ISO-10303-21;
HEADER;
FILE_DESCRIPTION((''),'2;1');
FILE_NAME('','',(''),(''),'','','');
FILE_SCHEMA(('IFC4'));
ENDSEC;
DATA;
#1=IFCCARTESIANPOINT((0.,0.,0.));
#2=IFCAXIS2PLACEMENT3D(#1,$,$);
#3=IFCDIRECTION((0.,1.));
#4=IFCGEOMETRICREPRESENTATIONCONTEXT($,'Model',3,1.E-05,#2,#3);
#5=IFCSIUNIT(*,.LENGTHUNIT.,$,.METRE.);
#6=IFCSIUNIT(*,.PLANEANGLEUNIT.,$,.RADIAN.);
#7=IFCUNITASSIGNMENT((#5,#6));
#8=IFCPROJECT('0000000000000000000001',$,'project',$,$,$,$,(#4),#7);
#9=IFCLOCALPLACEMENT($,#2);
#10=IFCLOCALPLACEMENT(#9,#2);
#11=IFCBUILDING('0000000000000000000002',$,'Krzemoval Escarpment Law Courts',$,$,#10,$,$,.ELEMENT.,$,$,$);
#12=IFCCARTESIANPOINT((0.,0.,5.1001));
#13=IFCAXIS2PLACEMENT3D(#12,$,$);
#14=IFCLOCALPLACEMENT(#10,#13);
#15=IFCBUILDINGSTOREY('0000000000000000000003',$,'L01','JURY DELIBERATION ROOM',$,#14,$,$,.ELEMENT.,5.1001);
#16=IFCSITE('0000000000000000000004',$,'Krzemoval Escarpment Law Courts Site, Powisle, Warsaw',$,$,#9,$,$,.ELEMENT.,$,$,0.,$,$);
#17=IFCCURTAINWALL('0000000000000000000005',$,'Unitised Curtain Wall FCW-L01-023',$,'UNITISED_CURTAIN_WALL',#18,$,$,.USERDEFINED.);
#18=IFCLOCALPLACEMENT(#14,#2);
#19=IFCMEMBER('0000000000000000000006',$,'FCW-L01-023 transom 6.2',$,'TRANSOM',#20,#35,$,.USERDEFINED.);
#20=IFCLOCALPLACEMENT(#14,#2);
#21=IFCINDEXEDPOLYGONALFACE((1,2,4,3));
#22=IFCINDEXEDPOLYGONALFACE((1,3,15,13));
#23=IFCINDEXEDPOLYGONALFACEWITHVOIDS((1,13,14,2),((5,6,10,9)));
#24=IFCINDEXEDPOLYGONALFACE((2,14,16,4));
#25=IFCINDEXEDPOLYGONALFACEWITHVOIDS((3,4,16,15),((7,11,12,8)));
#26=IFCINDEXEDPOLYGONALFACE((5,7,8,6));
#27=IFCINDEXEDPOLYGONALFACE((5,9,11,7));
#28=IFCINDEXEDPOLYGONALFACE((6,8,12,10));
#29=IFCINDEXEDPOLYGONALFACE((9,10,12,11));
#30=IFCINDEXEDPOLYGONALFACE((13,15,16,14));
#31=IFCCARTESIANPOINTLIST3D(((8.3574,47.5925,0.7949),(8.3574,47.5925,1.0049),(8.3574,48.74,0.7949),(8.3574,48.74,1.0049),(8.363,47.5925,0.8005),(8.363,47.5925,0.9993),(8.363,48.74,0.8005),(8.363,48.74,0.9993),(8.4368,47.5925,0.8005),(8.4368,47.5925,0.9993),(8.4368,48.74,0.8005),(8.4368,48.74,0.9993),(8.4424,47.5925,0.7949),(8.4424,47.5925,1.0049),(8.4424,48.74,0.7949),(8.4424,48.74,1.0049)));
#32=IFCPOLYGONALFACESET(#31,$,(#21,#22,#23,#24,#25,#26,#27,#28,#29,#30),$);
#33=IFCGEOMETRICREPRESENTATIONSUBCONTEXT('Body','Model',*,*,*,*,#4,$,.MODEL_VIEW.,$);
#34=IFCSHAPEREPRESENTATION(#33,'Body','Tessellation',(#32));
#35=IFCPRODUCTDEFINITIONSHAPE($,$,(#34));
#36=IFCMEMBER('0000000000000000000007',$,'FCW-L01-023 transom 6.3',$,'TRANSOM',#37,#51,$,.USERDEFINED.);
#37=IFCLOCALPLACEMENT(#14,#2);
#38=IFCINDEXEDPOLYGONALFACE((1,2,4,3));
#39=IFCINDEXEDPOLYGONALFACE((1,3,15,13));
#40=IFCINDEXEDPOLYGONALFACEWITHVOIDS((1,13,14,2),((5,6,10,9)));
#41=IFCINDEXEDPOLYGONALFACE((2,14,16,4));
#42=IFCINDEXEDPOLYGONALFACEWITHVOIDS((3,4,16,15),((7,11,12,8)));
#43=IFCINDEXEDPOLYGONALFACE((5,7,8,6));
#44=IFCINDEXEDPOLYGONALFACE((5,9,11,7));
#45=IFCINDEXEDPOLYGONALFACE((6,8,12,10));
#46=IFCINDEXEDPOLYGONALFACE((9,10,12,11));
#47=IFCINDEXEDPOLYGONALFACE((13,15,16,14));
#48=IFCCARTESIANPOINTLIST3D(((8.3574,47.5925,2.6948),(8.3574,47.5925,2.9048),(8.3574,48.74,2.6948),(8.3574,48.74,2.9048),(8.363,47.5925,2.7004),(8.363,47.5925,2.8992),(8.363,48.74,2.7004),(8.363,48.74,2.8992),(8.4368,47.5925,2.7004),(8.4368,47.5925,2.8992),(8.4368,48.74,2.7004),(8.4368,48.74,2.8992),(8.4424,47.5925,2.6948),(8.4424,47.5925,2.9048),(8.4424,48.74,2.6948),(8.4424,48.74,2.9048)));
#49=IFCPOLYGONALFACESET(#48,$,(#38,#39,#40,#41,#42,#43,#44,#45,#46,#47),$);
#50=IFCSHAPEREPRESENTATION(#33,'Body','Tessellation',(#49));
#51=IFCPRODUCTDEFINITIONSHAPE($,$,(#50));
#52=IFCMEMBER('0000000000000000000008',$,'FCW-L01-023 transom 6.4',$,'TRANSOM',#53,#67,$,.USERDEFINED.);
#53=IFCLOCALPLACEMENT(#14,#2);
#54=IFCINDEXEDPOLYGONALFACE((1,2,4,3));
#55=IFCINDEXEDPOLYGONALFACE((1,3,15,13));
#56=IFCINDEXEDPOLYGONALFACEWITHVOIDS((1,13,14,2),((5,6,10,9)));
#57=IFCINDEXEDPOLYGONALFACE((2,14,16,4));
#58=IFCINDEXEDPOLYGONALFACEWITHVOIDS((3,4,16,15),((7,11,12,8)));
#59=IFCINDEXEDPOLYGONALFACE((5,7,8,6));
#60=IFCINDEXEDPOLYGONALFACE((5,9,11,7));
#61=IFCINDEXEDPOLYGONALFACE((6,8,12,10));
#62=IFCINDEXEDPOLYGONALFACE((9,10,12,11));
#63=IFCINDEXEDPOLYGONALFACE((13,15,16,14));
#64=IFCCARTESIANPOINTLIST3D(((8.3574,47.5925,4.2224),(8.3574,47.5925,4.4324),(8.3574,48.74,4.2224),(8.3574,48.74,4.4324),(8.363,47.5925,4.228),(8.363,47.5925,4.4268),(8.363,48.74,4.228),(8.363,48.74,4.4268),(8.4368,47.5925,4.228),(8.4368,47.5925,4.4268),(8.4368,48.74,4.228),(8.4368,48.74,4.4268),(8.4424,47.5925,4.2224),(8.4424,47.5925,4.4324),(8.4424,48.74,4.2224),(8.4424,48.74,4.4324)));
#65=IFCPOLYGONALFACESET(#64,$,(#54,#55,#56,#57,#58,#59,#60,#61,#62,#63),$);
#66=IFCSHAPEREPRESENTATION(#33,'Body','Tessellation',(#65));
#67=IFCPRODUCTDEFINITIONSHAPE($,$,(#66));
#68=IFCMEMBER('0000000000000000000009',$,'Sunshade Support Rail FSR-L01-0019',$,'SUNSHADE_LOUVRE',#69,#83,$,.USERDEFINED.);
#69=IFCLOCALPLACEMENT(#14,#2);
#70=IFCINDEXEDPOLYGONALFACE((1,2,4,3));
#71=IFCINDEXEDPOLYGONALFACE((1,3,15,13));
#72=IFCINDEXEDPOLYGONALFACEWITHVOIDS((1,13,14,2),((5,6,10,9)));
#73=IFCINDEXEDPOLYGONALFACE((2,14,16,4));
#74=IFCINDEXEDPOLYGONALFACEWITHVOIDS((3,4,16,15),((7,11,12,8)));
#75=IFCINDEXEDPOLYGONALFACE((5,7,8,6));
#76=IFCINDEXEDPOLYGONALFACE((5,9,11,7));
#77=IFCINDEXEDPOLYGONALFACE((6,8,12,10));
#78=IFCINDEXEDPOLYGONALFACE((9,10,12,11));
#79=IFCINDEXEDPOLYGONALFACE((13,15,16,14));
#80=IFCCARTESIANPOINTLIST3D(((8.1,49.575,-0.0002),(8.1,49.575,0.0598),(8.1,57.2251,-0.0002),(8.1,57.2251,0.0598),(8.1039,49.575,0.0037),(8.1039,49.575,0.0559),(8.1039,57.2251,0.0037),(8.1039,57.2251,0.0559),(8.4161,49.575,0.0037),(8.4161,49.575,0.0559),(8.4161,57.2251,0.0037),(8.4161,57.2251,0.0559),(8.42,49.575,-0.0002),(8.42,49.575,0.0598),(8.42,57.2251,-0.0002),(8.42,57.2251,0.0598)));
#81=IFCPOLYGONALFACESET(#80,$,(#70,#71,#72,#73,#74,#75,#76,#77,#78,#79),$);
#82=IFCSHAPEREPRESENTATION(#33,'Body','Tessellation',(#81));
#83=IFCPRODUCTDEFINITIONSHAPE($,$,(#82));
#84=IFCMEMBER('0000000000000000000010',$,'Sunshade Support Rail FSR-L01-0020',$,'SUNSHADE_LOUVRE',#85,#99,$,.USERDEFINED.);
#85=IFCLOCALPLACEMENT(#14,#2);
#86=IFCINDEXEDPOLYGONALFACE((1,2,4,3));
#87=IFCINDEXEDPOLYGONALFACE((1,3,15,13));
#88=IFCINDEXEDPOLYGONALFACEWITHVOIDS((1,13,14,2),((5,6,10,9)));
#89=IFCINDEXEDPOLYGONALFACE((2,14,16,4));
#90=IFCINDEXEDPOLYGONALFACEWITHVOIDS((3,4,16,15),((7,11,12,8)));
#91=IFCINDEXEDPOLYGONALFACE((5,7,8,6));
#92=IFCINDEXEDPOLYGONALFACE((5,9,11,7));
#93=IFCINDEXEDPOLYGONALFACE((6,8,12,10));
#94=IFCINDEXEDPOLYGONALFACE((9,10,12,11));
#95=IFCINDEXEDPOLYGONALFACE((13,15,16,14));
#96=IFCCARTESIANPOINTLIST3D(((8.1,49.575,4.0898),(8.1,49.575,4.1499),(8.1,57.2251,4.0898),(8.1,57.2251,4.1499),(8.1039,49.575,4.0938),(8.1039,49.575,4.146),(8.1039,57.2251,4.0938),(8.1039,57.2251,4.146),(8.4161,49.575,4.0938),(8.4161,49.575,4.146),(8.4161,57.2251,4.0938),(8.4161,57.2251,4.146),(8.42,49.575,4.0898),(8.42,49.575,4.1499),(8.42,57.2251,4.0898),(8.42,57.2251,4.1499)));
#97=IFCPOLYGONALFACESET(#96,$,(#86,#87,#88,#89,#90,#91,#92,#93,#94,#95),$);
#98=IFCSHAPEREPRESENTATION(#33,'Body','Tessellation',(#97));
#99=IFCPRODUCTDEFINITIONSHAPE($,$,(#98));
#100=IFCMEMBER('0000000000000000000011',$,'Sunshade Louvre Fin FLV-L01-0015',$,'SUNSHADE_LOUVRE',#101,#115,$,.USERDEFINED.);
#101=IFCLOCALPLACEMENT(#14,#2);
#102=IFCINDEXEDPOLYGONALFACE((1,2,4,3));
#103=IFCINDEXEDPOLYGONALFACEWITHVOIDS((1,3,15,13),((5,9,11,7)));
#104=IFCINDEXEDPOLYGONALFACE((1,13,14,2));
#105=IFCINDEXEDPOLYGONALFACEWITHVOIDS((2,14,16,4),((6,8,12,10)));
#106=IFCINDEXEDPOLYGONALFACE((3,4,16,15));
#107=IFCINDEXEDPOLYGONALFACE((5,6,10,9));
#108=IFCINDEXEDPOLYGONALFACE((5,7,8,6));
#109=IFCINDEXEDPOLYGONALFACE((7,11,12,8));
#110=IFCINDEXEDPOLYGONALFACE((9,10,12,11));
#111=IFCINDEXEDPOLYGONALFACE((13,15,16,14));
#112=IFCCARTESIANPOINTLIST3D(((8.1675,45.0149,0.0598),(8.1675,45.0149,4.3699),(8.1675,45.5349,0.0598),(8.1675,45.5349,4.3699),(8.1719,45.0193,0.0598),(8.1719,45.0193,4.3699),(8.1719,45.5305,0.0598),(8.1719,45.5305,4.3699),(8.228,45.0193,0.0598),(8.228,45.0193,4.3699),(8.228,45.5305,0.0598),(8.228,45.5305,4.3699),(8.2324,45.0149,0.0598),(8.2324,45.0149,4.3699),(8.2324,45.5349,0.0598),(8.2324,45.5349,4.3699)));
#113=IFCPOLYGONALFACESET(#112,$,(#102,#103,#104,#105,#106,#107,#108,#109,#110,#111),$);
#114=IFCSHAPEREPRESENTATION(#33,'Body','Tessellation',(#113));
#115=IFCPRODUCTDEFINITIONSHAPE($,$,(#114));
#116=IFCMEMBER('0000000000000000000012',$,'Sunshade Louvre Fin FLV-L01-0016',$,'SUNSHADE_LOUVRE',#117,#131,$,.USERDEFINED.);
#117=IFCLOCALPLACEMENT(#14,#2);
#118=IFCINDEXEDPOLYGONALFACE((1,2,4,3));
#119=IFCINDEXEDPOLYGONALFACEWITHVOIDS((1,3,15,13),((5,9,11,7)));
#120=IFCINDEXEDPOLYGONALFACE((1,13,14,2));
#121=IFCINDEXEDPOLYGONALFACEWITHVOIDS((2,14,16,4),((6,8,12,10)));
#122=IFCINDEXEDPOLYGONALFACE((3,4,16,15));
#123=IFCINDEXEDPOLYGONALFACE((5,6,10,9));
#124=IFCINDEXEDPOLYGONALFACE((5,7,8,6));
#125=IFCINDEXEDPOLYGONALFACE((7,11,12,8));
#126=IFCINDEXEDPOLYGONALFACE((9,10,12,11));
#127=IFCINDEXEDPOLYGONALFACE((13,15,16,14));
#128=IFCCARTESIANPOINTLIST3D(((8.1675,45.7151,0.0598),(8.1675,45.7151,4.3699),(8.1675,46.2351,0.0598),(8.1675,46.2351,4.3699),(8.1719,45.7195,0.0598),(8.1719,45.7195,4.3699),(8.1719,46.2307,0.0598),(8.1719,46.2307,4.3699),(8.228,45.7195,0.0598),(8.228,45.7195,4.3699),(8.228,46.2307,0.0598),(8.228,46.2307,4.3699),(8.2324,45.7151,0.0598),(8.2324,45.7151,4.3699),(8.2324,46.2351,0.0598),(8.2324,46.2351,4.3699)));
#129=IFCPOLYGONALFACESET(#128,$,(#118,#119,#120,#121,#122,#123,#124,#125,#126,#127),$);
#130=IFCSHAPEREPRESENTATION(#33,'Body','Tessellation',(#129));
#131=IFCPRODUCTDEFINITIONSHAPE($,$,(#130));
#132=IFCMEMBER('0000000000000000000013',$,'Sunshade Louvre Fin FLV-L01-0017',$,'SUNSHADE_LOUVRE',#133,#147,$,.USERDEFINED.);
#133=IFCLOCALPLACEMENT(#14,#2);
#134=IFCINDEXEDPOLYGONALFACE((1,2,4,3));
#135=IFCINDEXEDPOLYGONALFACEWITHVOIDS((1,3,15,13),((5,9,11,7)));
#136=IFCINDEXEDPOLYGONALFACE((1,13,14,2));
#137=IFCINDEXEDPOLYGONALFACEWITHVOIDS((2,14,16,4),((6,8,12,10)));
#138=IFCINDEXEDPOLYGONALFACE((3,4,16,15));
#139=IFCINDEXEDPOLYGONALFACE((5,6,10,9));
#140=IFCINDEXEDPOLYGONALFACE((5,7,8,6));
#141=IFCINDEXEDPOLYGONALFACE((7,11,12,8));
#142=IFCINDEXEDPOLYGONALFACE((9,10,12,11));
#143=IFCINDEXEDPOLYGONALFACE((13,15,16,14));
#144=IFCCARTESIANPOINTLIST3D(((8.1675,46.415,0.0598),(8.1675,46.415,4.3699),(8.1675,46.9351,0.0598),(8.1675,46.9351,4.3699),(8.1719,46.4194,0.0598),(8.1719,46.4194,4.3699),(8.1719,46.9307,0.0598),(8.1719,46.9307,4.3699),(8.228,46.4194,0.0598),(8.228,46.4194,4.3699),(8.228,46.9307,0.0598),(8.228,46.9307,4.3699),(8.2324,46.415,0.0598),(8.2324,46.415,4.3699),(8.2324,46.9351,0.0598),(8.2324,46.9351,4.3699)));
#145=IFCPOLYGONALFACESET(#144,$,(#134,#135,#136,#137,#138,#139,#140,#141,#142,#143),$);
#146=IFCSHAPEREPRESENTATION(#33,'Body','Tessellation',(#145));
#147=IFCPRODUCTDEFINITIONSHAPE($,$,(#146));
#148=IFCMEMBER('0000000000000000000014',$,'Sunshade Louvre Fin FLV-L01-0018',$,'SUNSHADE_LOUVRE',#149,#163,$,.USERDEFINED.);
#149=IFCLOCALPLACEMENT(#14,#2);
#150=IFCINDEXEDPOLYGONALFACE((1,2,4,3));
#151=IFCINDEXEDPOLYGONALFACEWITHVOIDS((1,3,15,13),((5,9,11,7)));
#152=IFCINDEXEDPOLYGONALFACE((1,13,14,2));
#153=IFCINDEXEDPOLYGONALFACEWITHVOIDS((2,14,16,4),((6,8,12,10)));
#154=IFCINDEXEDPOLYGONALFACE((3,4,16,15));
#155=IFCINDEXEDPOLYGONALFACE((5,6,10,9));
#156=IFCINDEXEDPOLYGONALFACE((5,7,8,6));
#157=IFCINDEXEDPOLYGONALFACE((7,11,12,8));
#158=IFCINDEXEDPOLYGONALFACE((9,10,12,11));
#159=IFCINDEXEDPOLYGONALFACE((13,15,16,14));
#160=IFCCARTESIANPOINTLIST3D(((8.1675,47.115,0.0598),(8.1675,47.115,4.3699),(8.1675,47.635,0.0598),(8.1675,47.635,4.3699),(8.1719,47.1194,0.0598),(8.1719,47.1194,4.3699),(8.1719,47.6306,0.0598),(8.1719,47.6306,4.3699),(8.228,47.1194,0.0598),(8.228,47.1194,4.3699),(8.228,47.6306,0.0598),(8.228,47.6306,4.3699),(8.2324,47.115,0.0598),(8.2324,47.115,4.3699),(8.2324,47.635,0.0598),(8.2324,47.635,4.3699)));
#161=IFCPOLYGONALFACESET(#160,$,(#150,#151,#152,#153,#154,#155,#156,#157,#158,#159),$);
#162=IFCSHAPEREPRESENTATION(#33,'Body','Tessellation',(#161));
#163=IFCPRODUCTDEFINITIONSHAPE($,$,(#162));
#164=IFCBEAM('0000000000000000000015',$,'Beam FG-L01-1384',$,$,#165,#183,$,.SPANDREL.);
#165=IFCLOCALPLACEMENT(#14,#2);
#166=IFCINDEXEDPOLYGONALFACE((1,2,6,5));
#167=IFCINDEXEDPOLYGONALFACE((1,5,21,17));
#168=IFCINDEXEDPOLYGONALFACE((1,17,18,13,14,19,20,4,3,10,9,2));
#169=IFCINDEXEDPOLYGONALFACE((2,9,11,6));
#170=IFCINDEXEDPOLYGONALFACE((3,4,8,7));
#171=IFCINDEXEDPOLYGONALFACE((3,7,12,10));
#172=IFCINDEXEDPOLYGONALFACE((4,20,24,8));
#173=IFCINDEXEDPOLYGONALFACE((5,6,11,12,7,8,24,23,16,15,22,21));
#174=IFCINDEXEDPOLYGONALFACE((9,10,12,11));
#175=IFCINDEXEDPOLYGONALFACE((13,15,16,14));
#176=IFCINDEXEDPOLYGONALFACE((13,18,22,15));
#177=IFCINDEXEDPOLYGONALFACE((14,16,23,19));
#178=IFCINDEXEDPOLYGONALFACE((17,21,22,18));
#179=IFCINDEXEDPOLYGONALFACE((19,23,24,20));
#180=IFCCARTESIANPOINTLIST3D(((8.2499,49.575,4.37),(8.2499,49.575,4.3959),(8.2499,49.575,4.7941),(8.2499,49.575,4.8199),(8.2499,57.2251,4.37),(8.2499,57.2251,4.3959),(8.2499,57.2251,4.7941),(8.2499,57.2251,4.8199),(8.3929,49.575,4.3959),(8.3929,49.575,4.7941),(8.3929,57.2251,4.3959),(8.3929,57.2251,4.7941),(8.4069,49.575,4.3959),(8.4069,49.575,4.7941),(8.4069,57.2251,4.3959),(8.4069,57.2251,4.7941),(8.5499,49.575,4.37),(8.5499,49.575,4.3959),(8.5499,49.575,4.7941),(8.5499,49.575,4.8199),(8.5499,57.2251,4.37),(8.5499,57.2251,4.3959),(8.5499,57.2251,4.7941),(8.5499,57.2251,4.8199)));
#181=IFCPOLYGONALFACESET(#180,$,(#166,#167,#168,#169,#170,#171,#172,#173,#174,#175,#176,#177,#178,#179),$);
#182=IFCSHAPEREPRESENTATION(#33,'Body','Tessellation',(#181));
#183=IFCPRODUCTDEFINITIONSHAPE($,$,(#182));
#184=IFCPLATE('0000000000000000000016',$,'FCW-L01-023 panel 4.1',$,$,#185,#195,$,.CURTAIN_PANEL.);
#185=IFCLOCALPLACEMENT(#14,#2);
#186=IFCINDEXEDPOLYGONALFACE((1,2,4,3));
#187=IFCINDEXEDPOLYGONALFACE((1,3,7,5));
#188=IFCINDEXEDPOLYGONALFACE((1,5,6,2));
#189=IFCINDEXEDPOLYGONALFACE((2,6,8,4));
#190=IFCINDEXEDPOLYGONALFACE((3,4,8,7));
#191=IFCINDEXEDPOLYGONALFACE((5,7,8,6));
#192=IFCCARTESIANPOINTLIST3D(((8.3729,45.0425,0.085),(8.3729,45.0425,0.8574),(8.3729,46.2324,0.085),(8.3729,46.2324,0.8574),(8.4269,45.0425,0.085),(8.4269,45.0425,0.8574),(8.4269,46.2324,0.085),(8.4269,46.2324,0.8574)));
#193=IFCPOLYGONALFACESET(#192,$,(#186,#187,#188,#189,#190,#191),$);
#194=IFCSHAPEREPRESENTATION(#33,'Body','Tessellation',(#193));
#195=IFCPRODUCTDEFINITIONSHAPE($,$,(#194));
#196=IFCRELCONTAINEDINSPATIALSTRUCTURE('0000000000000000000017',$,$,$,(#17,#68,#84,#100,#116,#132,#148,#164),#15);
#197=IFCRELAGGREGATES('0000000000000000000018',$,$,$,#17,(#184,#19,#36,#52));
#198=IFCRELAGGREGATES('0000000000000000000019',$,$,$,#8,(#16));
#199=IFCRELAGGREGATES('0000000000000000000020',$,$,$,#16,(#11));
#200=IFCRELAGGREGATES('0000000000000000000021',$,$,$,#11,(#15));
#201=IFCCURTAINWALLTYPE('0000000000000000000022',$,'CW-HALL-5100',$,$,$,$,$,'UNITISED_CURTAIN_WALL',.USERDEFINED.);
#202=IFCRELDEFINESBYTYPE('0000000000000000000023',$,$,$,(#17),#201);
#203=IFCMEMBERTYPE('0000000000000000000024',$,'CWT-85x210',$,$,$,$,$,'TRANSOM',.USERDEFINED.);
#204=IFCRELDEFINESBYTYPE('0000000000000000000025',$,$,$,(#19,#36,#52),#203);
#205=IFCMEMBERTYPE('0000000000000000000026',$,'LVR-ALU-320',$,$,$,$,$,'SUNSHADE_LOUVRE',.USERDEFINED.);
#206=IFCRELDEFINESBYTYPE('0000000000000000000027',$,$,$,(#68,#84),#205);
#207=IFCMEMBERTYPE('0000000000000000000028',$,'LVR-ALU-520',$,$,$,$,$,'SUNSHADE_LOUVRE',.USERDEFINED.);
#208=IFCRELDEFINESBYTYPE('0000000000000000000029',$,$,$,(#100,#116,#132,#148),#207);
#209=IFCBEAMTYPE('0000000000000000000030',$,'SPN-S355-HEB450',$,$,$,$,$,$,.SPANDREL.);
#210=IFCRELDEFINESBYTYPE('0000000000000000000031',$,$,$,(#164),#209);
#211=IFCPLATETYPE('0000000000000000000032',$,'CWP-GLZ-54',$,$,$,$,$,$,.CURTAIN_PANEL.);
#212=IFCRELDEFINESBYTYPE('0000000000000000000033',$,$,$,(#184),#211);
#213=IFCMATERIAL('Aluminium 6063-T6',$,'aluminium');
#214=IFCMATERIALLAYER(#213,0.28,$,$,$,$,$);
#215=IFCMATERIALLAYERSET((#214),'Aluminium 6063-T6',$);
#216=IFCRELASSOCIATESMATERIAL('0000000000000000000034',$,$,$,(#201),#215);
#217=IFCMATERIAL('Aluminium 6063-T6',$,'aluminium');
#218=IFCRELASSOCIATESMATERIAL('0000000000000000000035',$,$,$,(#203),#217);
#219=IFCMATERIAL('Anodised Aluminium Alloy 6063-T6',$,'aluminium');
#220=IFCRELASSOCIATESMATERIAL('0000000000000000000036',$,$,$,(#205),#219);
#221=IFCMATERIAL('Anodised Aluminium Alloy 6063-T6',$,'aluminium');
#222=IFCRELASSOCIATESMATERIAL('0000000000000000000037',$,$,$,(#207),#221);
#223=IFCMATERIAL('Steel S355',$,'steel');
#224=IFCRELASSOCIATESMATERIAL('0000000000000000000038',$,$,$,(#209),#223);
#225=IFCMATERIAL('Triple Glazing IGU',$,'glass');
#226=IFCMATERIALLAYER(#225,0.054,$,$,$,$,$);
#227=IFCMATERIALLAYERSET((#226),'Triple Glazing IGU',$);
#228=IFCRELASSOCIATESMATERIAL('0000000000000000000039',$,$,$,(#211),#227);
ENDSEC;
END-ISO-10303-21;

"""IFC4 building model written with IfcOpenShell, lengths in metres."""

from ifc_helpers import new_model, si_unit, direction, frame, origin, origin_2d, place, context, subcontext, project, spatial, rectangle, hollow_rectangle, i_section, extrude, material, layer, layer_set, material_profile, profile_set, type_object, element, aggregate, save


model = new_model("IFC4")

# Units and contexts
model_context = context("Model", 3, precision=1e-05, world=origin(), true_north=direction((0.0, 1.0)))
body_context = subcontext(model_context, "Body", "Model", "MODEL_VIEW")
ifc_project = project(units=[si_unit("LENGTHUNIT", "METRE"), si_unit("PLANEANGLEUNIT", "RADIAN")], contexts=[model_context])

# Site, building, storey
site_placement = place(None, origin())
site = spatial("IfcSite", under=ifc_project, at=site_placement, Name="Krzemoval Escarpment Law Courts Site, Powisle, Warsaw", CompositionType="ELEMENT", RefElevation=0.0)
building_placement = place(site_placement, origin())
building = spatial("IfcBuilding", under=site, at=building_placement, Name="Krzemoval Escarpment Law Courts", CompositionType="ELEMENT")
storey_placement = place(building_placement, frame((0.0, 0.0, 5.1001)))
storey = spatial("IfcBuildingStorey", under=building, at=storey_placement, Name="L01", Description="JURY DELIBERATION ROOM", CompositionType="ELEMENT", Elevation=5.1001)

# Curtain wall, members
ifc_material_1 = material(Name="Aluminium 6063-T6", Category="aluminium")
ifc_layer_1 = layer(ifc_material_1, 0.28)
ifc_layer_set_1 = layer_set([ifc_layer_1], Name="Aluminium 6063-T6")
curtain_wall_type = type_object("IfcCurtainWallType", Name="CW-HALL-5100", ElementType="UNITISED_CURTAIN_WALL", PredefinedType="USERDEFINED", material=ifc_layer_set_1)
curtain_wall_placement = place(storey_placement, origin())
curtain_wall = element("IfcCurtainWall", 1, at=curtain_wall_placement, inside=storey, type_object=curtain_wall_type, Name="Unitised Curtain Wall FCW-L01-023", ObjectType="UNITISED_CURTAIN_WALL", PredefinedType="USERDEFINED")
ifc_material_2 = material(Name="Aluminium 6063-T6", Category="aluminium")
ifc_material_profile_1 = material_profile(ifc_material_2, hollow_rectangle(XDim=0.085, YDim=0.21, WallThickness=0.0056, at=origin_2d()), Name="ALU T85x210")
ifc_profile_set_1 = profile_set([ifc_material_profile_1], Name="Aluminium 6063-T6")
member_type_1 = type_object("IfcMemberType", Name="CWT-85x210", ElementType="TRANSOM", PredefinedType="USERDEFINED", material=ifc_profile_set_1)
member_1_placement = place(storey_placement, frame((8.3999, 47.5925, 0.8999), z_axis=(0.0, 1.0, 0.0), x_axis=(-1.0, 0.0, 0.0)))
member_1 = element("IfcMember", 2, at=member_1_placement, type_object=member_type_1, Name="FCW-L01-023 transom 6.2", ObjectType="TRANSOM", PredefinedType="USERDEFINED", context=body_context, shape_type="SweptSolid", body=[
    extrude(hollow_rectangle(XDim=0.085, YDim=0.21, WallThickness=0.0056, at=origin_2d()), origin(), (0.0, 0.0, 1.0), 1.1475),
])
member_2_placement = place(storey_placement, frame((8.3999, 47.5925, 2.7998), z_axis=(0.0, 1.0, 0.0), x_axis=(-1.0, 0.0, 0.0)))
member_2 = element("IfcMember", 3, at=member_2_placement, type_object=member_type_1, Name="FCW-L01-023 transom 6.3", ObjectType="TRANSOM", PredefinedType="USERDEFINED", context=body_context, shape_type="SweptSolid", body=[
    extrude(hollow_rectangle(XDim=0.085, YDim=0.21, WallThickness=0.0056, at=origin_2d()), origin(), (0.0, 0.0, 1.0), 1.1475),
])
member_3_placement = place(storey_placement, frame((8.3999, 47.5925, 4.3274), z_axis=(0.0, 1.0, 0.0), x_axis=(-1.0, 0.0, 0.0)))
member_3 = element("IfcMember", 4, at=member_3_placement, type_object=member_type_1, Name="FCW-L01-023 transom 6.4", ObjectType="TRANSOM", PredefinedType="USERDEFINED", context=body_context, shape_type="SweptSolid", body=[
    extrude(hollow_rectangle(XDim=0.085, YDim=0.21, WallThickness=0.0056, at=origin_2d()), origin(), (0.0, 0.0, 1.0), 1.1475),
])

# Members
ifc_material_3 = material(Name="Anodised Aluminium Alloy 6063-T6", Category="aluminium")
ifc_material_profile_2 = material_profile(ifc_material_3, hollow_rectangle(XDim=0.0601, YDim=0.3201, WallThickness=0.0039, at=origin_2d()), Name="ALU LVR 60x320")
ifc_profile_set_2 = profile_set([ifc_material_profile_2], Name="Anodised Aluminium Alloy 6063-T6")
member_type_2 = type_object("IfcMemberType", Name="LVR-ALU-320", ElementType="SUNSHADE_LOUVRE", PredefinedType="USERDEFINED", material=ifc_profile_set_2)
for number, where, z_axis, x_axis, name in (
    (5, (8.26, 49.575, 0.0298), (0.0, 1.0, 0.0), (0.0, 0.0, 1.0), "Sunshade Support Rail FSR-L01-0019"),
    (6, (8.26, 49.575, 4.1199), (0.0, 1.0, 0.0), (0.0, 0.0, 1.0), "Sunshade Support Rail FSR-L01-0020"),
):
    element("IfcMember", number, at=place(storey_placement, frame(where, z_axis=z_axis, x_axis=x_axis)), inside=storey, type_object=member_type_2, Name=name, ObjectType="SUNSHADE_LOUVRE", PredefinedType="USERDEFINED", context=body_context, shape_type="SweptSolid", body=[
        extrude(hollow_rectangle(XDim=0.0601, YDim=0.3201, WallThickness=0.0039, at=origin_2d()), origin(), (0.0, 0.0, 1.0), 7.6501),
    ])
ifc_material_4 = material(Name="Anodised Aluminium Alloy 6063-T6", Category="aluminium")
ifc_material_profile_3 = material_profile(ifc_material_4, hollow_rectangle(XDim=0.0649, YDim=0.52, WallThickness=0.0044, at=origin_2d()), Name="ALU LVR 65x520")
ifc_profile_set_3 = profile_set([ifc_material_profile_3], Name="Anodised Aluminium Alloy 6063-T6")
member_type_3 = type_object("IfcMemberType", Name="LVR-ALU-520", ElementType="SUNSHADE_LOUVRE", PredefinedType="USERDEFINED", material=ifc_profile_set_3)
for number, where, z_axis, x_axis, name in (
    (7, (8.2, 45.2749, 0.0598), (0.0, 0.0, 1.0), (1.0, 0.0, 0.0), "Sunshade Louvre Fin FLV-L01-0015"),
    (8, (8.2, 45.9751, 0.0598), (0.0, 0.0, 1.0), (1.0, 0.0, 0.0), "Sunshade Louvre Fin FLV-L01-0016"),
    (9, (8.2, 46.675, 0.0598), (0.0, 0.0, 1.0), (1.0, 0.0, 0.0), "Sunshade Louvre Fin FLV-L01-0017"),
    (10, (8.2, 47.375, 0.0598), (0.0, 0.0, 1.0), (1.0, 0.0, 0.0), "Sunshade Louvre Fin FLV-L01-0018"),
):
    element("IfcMember", number, at=place(storey_placement, frame(where, z_axis=z_axis, x_axis=x_axis)), inside=storey, type_object=member_type_3, Name=name, ObjectType="SUNSHADE_LOUVRE", PredefinedType="USERDEFINED", context=body_context, shape_type="SweptSolid", body=[
        extrude(hollow_rectangle(XDim=0.0649, YDim=0.52, WallThickness=0.0044, at=origin_2d()), origin(), (0.0, 0.0, 1.0), 4.3101),
    ])

# Beam
ifc_material_5 = material(Name="Steel S355", Category="steel")
ifc_material_profile_4 = material_profile(ifc_material_5, i_section(OverallWidth=0.3, OverallDepth=0.45, WebThickness=0.0139, FlangeThickness=0.0259, at=origin_2d()), Name="HEB 450")
ifc_profile_set_4 = profile_set([ifc_material_profile_4], Name="Steel S355")
beam_type = type_object("IfcBeamType", Name="SPN-S355-HEB450", PredefinedType="SPANDREL", material=ifc_profile_set_4)
beam_placement = place(storey_placement, frame((8.3999, 49.575, 4.595), z_axis=(0.0, 1.0, 0.0), x_axis=(-1.0, 0.0, 0.0)))
element("IfcBeam", 11, at=beam_placement, inside=storey, type_object=beam_type, Name="Beam FG-L01-1384", PredefinedType="SPANDREL", context=body_context, shape_type="SweptSolid", body=[
    extrude(i_section(OverallWidth=0.3, OverallDepth=0.45, WebThickness=0.0139, FlangeThickness=0.0259, at=origin_2d()), origin(), (0.0, 0.0, 1.0), 7.6501),
])

# Plate
ifc_material_6 = material(Name="Triple Glazing IGU", Category="glass")
ifc_layer_2 = layer(ifc_material_6, 0.054)
ifc_layer_set_2 = layer_set([ifc_layer_2], Name="Triple Glazing IGU")
plate_type = type_object("IfcPlateType", Name="CWP-GLZ-54", PredefinedType="CURTAIN_PANEL", material=ifc_layer_set_2)
plate_1_placement = place(storey_placement, frame((8.3999, 45.6375, 0.085), z_axis=(0.0, 0.0, 1.0), x_axis=(0.0, 1.0, 0.0)))
plate_1 = element("IfcPlate", 12, at=plate_1_placement, type_object=plate_type, Name="FCW-L01-023 panel 4.1", PredefinedType="CURTAIN_PANEL", context=body_context, shape_type="SweptSolid", body=[
    extrude(rectangle(XDim=1.1899, YDim=0.054, at=origin_2d()), origin(), (0.0, 0.0, 1.0), 0.7725),
])
aggregate(curtain_wall, [plate_1, member_1, member_2, member_3])

save(model, "model.ifc")
